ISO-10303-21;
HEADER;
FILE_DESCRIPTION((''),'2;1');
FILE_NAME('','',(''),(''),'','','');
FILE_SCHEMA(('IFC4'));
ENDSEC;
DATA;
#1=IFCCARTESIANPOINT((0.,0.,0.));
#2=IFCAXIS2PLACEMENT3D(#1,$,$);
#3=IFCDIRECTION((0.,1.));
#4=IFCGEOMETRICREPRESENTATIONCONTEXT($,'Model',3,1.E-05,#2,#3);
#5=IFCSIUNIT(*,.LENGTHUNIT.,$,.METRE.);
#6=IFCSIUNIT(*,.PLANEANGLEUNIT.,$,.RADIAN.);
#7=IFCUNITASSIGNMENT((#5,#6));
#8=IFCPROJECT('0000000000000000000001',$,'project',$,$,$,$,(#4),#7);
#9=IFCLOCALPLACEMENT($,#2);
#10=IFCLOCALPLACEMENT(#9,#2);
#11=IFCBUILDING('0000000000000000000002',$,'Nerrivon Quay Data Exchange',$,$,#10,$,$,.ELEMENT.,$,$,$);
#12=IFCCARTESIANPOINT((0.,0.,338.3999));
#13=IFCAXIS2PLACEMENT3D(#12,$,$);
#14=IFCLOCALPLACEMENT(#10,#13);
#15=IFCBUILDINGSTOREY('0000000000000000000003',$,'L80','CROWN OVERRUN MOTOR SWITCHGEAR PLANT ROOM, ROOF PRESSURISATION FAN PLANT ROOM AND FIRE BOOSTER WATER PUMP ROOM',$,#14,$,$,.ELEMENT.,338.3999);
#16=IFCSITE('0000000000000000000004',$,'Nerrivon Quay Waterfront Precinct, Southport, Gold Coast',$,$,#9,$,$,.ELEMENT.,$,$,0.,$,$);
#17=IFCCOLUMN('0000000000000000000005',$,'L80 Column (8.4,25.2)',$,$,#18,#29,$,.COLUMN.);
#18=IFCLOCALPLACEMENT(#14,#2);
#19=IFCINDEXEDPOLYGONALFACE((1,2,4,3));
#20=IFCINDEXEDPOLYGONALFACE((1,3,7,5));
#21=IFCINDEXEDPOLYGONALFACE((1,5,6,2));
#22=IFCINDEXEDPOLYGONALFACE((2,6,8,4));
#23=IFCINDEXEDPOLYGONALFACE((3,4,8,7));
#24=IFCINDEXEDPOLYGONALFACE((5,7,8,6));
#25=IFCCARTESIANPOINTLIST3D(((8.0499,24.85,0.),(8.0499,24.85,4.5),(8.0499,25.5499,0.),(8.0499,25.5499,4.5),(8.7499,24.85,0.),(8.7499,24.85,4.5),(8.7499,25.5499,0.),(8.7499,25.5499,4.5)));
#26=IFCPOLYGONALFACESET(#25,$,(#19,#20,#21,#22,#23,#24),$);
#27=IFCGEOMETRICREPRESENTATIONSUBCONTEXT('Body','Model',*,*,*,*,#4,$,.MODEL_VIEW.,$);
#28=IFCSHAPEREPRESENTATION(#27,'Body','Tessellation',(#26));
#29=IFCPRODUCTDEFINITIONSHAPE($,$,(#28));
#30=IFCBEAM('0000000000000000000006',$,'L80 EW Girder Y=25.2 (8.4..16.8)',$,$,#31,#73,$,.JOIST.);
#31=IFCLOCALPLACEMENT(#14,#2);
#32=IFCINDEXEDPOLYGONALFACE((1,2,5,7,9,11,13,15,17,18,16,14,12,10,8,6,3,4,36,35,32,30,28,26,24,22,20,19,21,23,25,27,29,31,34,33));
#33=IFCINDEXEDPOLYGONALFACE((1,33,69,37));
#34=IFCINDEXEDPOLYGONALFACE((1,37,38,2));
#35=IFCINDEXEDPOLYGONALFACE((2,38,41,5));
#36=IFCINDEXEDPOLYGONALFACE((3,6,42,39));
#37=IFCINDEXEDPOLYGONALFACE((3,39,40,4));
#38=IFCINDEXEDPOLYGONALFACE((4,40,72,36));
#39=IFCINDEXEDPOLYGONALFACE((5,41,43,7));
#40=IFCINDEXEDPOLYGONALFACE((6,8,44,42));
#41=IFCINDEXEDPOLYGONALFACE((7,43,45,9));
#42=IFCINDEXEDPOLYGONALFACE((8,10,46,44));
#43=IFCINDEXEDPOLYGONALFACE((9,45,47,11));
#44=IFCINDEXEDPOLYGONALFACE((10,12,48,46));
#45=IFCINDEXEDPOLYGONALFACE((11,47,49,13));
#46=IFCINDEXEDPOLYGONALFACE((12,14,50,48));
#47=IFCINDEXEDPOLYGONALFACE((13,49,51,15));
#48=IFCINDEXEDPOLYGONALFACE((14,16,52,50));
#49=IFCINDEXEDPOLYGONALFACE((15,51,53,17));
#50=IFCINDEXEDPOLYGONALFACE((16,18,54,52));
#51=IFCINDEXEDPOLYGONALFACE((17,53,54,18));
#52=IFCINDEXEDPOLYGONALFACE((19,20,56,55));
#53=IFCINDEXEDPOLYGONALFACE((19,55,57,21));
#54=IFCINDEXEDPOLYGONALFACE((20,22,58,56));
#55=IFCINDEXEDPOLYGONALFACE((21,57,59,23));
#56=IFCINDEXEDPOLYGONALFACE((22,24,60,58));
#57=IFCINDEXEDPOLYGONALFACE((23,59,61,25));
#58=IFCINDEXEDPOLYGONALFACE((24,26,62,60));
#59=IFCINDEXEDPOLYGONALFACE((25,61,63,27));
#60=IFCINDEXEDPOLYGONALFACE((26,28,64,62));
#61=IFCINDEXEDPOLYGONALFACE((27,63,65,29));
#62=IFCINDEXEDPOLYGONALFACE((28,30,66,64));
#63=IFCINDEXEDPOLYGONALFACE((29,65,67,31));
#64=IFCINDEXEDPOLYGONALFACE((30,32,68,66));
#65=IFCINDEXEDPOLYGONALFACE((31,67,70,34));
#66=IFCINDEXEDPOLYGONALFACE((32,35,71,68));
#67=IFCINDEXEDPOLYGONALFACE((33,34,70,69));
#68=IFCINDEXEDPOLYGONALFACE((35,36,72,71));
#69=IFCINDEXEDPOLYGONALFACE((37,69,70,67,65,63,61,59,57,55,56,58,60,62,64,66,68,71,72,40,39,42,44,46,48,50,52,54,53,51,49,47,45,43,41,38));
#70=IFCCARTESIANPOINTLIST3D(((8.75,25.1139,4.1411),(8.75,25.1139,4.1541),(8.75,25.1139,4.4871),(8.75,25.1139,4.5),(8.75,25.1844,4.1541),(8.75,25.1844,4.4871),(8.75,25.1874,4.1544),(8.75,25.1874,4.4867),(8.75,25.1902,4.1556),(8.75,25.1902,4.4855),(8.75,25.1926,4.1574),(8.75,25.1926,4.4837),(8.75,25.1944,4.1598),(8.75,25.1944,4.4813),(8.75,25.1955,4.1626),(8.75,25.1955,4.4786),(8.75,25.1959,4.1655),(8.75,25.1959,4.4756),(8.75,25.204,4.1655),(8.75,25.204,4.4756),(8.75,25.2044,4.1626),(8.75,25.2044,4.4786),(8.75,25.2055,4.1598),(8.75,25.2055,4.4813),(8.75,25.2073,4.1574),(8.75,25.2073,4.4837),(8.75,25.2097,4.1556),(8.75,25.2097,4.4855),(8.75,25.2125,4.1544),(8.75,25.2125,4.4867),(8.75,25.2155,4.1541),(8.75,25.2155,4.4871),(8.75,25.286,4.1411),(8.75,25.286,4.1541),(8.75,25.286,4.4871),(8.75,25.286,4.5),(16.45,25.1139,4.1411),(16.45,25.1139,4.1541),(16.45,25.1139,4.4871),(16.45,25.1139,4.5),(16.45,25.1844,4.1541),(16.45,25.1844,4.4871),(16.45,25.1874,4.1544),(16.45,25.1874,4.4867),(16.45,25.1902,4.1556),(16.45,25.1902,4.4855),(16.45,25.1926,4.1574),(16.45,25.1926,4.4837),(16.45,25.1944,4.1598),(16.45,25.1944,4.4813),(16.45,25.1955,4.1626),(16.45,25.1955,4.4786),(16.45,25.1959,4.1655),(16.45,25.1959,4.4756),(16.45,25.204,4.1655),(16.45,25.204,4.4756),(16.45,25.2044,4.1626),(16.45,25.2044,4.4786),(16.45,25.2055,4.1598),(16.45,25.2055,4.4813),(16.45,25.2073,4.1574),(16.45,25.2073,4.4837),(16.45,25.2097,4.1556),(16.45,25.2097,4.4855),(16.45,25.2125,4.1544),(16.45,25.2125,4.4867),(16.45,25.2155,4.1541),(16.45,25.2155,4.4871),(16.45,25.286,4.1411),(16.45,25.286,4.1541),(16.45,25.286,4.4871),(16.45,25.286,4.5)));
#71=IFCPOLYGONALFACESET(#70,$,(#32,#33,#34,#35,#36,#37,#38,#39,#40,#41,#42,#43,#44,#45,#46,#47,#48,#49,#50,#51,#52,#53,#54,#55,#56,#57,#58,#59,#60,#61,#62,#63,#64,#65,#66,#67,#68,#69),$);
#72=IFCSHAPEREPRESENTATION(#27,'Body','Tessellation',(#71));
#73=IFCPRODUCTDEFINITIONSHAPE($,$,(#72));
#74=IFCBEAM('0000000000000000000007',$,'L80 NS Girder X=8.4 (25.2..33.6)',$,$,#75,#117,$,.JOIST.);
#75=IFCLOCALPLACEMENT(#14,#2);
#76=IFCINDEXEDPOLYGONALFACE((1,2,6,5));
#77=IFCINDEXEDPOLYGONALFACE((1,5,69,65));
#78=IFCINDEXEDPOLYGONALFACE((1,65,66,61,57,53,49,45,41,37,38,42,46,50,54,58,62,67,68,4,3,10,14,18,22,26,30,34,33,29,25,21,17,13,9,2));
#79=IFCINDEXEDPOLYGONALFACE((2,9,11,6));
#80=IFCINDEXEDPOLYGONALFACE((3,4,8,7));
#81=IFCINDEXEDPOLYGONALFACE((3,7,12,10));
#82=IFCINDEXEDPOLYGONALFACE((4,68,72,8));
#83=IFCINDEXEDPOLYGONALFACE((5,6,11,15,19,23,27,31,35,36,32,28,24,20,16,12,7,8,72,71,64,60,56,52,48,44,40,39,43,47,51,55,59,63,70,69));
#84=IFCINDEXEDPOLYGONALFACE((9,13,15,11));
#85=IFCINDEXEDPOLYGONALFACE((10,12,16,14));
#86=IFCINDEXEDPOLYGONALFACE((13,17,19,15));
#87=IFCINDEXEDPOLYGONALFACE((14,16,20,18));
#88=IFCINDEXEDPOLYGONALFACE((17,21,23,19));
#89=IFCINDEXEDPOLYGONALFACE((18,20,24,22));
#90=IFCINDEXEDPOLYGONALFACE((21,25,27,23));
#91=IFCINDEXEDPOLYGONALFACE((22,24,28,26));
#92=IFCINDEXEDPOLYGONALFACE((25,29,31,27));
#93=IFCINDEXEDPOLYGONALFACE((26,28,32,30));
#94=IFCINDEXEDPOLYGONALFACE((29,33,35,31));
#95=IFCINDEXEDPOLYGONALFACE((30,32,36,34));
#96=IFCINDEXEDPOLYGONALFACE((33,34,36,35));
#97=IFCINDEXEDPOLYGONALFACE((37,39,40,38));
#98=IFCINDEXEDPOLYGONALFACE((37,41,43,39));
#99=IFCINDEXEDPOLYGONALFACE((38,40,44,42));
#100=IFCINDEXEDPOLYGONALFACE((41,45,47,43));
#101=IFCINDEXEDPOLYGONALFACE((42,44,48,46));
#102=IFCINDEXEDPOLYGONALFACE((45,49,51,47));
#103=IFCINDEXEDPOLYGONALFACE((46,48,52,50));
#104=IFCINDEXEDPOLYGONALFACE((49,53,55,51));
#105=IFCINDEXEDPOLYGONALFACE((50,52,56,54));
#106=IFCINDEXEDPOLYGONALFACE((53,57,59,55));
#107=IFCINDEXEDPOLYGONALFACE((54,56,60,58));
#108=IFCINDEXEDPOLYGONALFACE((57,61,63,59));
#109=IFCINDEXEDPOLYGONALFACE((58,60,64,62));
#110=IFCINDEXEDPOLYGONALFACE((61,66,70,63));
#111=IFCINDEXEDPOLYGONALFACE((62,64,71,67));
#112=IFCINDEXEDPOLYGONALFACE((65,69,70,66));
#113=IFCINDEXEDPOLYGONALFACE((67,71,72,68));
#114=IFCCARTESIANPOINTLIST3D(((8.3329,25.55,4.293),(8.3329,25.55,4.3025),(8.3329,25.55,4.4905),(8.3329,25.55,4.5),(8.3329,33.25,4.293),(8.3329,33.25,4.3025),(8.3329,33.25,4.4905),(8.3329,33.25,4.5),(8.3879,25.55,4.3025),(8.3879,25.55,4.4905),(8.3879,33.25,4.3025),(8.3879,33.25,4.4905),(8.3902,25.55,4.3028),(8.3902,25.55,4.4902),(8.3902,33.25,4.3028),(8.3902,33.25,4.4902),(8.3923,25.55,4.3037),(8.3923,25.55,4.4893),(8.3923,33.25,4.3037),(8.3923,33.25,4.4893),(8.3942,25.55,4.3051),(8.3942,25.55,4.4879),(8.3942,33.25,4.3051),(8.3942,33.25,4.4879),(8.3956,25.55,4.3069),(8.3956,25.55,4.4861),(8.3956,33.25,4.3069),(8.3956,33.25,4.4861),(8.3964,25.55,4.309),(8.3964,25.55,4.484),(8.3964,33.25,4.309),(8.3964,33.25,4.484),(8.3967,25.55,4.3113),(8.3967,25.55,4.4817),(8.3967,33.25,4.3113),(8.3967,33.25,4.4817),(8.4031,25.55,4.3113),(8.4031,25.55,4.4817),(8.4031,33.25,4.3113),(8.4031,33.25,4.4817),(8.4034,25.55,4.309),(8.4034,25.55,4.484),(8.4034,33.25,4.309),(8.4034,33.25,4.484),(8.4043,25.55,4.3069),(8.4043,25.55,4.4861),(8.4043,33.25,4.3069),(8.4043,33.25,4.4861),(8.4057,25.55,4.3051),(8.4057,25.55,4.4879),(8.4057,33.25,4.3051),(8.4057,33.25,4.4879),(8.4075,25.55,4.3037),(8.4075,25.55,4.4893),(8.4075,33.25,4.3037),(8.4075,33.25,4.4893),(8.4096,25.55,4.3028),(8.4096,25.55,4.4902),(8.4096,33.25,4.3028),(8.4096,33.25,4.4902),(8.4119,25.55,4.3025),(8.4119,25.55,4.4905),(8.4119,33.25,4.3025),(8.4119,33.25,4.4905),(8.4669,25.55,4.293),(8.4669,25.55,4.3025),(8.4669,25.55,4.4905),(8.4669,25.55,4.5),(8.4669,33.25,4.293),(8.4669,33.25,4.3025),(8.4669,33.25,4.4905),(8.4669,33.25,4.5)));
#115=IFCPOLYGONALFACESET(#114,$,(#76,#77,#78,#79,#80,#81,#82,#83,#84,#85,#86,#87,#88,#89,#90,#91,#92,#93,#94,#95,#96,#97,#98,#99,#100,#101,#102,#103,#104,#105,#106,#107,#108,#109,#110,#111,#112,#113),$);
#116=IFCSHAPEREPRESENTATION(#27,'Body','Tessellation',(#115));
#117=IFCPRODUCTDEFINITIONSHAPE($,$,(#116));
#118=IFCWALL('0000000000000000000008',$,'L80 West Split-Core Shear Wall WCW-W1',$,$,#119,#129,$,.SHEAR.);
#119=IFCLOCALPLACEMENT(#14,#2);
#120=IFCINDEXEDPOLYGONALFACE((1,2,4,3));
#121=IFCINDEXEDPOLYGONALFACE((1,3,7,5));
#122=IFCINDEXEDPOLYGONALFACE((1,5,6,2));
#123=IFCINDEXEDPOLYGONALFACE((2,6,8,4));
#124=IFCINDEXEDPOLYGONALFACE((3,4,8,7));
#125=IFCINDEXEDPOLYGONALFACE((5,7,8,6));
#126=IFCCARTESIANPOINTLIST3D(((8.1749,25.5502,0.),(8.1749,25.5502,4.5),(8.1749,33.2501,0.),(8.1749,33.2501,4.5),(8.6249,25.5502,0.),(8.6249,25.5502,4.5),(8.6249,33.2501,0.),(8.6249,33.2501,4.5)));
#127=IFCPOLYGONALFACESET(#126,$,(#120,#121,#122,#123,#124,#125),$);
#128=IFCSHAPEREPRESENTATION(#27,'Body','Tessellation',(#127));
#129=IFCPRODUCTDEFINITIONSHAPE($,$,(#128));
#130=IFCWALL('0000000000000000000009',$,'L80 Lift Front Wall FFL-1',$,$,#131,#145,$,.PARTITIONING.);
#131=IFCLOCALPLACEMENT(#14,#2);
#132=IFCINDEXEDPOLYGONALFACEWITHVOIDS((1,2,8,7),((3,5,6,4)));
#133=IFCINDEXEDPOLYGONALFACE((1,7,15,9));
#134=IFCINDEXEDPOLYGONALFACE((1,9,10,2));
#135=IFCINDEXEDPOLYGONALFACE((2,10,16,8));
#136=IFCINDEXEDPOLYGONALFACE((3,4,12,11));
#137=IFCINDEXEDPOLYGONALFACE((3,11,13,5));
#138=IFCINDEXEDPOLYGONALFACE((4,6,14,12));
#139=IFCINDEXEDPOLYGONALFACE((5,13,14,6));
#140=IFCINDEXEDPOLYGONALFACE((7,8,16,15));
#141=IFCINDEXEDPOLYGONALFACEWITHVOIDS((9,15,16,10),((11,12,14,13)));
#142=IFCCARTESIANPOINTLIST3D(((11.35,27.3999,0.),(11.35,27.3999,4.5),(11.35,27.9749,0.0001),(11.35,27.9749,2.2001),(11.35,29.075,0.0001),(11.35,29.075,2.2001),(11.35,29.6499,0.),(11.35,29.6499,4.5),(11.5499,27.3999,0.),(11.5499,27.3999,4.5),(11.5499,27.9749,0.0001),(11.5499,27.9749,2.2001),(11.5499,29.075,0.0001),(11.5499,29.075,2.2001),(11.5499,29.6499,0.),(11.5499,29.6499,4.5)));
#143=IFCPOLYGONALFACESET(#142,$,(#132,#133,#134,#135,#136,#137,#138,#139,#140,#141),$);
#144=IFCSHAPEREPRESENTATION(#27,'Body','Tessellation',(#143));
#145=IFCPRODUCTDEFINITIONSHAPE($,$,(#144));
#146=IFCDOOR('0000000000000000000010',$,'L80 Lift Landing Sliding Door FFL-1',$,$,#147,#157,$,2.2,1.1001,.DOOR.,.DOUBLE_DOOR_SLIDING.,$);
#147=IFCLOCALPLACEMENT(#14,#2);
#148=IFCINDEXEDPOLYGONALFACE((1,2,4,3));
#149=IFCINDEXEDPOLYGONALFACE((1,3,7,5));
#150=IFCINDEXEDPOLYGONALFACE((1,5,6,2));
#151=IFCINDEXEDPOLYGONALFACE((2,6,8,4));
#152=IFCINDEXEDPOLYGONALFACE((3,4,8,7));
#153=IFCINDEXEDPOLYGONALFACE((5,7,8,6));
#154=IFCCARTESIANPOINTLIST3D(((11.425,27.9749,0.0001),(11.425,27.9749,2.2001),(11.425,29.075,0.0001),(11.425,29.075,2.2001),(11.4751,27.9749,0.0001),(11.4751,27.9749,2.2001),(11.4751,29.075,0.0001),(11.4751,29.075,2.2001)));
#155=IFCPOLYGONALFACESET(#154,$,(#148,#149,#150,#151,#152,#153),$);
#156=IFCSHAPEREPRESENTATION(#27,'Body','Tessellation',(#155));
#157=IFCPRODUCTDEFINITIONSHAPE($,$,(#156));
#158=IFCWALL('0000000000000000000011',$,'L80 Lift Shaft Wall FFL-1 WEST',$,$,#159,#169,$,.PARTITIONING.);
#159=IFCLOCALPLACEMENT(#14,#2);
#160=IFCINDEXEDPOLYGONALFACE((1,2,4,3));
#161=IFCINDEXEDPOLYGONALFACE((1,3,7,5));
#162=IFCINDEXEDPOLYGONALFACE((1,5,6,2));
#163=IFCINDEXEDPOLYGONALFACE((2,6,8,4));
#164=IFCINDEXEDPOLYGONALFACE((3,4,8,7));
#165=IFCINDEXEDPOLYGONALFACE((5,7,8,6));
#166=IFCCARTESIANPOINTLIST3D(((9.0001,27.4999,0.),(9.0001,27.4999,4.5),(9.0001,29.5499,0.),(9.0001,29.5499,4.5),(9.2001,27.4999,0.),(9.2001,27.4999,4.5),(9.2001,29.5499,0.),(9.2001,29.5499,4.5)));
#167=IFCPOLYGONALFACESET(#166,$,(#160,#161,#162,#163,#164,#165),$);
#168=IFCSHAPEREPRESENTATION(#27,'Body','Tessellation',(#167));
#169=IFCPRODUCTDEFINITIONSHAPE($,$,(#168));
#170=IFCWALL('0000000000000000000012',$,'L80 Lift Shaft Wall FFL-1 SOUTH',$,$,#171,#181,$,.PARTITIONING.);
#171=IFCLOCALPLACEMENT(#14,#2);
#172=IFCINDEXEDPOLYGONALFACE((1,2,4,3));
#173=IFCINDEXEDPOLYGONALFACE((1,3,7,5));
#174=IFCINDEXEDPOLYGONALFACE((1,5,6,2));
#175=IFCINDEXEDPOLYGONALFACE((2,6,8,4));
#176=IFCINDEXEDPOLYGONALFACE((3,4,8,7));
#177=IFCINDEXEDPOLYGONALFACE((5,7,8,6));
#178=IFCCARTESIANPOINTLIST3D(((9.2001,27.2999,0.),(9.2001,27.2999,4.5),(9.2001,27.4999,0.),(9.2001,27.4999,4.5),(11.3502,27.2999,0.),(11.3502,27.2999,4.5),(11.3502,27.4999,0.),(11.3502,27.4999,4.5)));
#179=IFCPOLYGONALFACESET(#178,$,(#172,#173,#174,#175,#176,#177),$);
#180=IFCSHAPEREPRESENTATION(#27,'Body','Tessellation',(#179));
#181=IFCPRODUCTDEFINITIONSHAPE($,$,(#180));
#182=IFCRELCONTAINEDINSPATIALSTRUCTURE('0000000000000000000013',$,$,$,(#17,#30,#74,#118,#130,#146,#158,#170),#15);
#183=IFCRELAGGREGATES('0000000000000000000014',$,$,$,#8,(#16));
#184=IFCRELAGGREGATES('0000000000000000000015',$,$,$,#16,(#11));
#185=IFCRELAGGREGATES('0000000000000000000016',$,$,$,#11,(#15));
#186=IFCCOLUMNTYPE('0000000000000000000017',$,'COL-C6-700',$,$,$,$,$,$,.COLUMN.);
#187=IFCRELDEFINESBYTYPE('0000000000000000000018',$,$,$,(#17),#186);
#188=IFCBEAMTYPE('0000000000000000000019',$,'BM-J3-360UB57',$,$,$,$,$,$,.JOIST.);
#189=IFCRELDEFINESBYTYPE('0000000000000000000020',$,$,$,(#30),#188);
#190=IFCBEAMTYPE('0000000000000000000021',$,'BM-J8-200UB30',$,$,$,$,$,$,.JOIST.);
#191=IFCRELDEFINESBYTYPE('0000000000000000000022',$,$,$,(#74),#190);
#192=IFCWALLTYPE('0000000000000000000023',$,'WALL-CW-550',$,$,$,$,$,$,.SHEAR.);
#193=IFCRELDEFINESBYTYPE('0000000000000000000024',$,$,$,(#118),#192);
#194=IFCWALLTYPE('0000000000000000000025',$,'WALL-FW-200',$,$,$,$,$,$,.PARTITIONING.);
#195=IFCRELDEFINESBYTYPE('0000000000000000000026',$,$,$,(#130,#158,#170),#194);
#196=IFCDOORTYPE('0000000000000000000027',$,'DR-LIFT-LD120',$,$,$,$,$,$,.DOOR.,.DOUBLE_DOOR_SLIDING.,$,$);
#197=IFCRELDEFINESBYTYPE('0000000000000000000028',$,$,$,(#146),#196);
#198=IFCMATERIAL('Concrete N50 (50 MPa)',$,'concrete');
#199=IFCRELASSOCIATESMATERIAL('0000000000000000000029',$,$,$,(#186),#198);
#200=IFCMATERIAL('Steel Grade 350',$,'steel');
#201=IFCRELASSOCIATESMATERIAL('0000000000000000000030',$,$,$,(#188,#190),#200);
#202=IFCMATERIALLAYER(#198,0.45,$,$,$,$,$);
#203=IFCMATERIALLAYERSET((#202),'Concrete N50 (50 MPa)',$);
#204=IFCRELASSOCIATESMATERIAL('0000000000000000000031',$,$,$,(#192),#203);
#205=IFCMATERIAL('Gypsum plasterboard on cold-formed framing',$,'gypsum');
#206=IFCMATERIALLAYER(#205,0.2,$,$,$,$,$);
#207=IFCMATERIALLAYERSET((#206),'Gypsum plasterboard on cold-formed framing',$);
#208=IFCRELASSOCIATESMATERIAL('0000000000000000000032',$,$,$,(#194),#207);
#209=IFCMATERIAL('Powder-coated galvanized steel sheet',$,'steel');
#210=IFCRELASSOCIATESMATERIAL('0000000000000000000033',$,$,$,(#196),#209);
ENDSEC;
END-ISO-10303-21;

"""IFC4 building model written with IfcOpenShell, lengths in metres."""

from ifc_helpers import new_model, si_unit, direction, frame, frame_2d, origin, origin_2d, place, context, subcontext, project, spatial, rectangle, i_section, extrude, material, layer, layer_set, material_profile, profile_set, type_object, element, fill, save


model = new_model("IFC4")

# Units and contexts
model_context = context("Model", 3, precision=1e-05, world=origin(), true_north=direction((0.0, 1.0)))
body_context = subcontext(model_context, "Body", "Model", "MODEL_VIEW")
ifc_project = project(units=[si_unit("LENGTHUNIT", "METRE"), si_unit("PLANEANGLEUNIT", "RADIAN")], contexts=[model_context])

# Site, building, storey
site_placement = place(None, origin())
site = spatial("IfcSite", under=ifc_project, at=site_placement, Name="Nerrivon Quay Waterfront Precinct, Southport, Gold Coast", CompositionType="ELEMENT", RefElevation=0.0)
building_placement = place(site_placement, origin())
building = spatial("IfcBuilding", under=site, at=building_placement, Name="Nerrivon Quay Data Exchange", CompositionType="ELEMENT")
storey_placement = place(building_placement, frame((0.0, 0.0, 338.3999)))
storey = spatial("IfcBuildingStorey", under=building, at=storey_placement, Name="L80", Description="CROWN OVERRUN MOTOR SWITCHGEAR PLANT ROOM, ROOF PRESSURISATION FAN PLANT ROOM AND FIRE BOOSTER WATER PUMP ROOM", CompositionType="ELEMENT", Elevation=338.3999)

# Column
ifc_material_1 = material(Name="Concrete N50 (50 MPa)", Category="concrete")
ifc_material_profile_1 = material_profile(ifc_material_1, rectangle(XDim=0.7, YDim=0.7, at=origin_2d()), Name="RC-COL-700x700")
ifc_profile_set_1 = profile_set([ifc_material_profile_1], Name="Concrete N50 (50 MPa)")
column_type = type_object("IfcColumnType", Name="COL-C6-700", PredefinedType="COLUMN", material=ifc_profile_set_1)
column_placement = place(storey_placement, frame((8.3999, 25.2, 0.0), z_axis=(0.0, 0.0, 1.0), x_axis=(1.0, 0.0, 0.0)))
element("IfcColumn", 1, at=column_placement, inside=storey, type_object=column_type, Name="L80 Column (8.4,25.2)", PredefinedType="COLUMN", context=body_context, shape_type="SweptSolid", body=[
    extrude(rectangle(XDim=0.7, YDim=0.7, at=origin_2d()), origin(), (0.0, 0.0, 1.0), 4.5),
])

# Beams
ifc_material_2 = material(Name="Steel Grade 350", Category="steel")
ifc_material_profile_2 = material_profile(ifc_material_2, i_section(OverallWidth=0.1721, OverallDepth=0.3589, WebThickness=0.0081, FlangeThickness=0.0129, FilletRadius=0.0115, at=origin_2d()), Name="360UB56.7")
ifc_profile_set_2 = profile_set([ifc_material_profile_2], Name="Steel Grade 350")
beam_type_1 = type_object("IfcBeamType", Name="BM-J3-360UB57", PredefinedType="JOIST", material=ifc_profile_set_2)
beam_1_placement = place(storey_placement, frame((8.75, 25.2, 4.3206), z_axis=(1.0, 0.0, 0.0), x_axis=(0.0, 1.0, 0.0)))
element("IfcBeam", 2, at=beam_1_placement, inside=storey, type_object=beam_type_1, Name="L80 EW Girder Y=25.2 (8.4..16.8)", PredefinedType="JOIST", context=body_context, shape_type="SweptSolid", body=[
    extrude(i_section(OverallWidth=0.1721, OverallDepth=0.3589, WebThickness=0.0081, FlangeThickness=0.0129, FilletRadius=0.0115, at=origin_2d()), origin(), (0.0, 0.0, 1.0), 7.7),
])
ifc_material_profile_3 = material_profile(ifc_material_2, i_section(OverallWidth=0.134, OverallDepth=0.207, WebThickness=0.0063, FlangeThickness=0.0095, FilletRadius=0.0088, at=origin_2d()), Name="200UB29.8")
ifc_profile_set_3 = profile_set([ifc_material_profile_3], Name="Steel Grade 350")
beam_type_2 = type_object("IfcBeamType", Name="BM-J8-200UB30", PredefinedType="JOIST", material=ifc_profile_set_3)
beam_2_placement = place(storey_placement, frame((8.3999, 25.55, 4.3965), z_axis=(0.0, 1.0, 0.0), x_axis=(-1.0, 0.0, 0.0)))
element("IfcBeam", 3, at=beam_2_placement, inside=storey, type_object=beam_type_2, Name="L80 NS Girder X=8.4 (25.2..33.6)", PredefinedType="JOIST", context=body_context, shape_type="SweptSolid", body=[
    extrude(i_section(OverallWidth=0.134, OverallDepth=0.207, WebThickness=0.0063, FlangeThickness=0.0095, FilletRadius=0.0088, at=origin_2d()), origin(), (0.0, 0.0, 1.0), 7.7),
])

# Wall
ifc_layer_1 = layer(ifc_material_1, 0.45)
ifc_layer_set_1 = layer_set([ifc_layer_1], Name="Concrete N50 (50 MPa)")
wall_type_1 = type_object("IfcWallType", Name="WALL-CW-550", PredefinedType="SHEAR", material=ifc_layer_set_1)
wall_1_placement = place(storey_placement, frame((8.3999, 25.55, 0.0), z_axis=(0.0, 0.0, 1.0), x_axis=(0.0, 1.0, 0.0)))
element("IfcWall", 4, at=wall_1_placement, inside=storey, type_object=wall_type_1, Name="L80 West Split-Core Shear Wall WCW-W1", PredefinedType="SHEAR", context=body_context, shape_type="SweptSolid", body=[
    extrude(rectangle(XDim=7.7, YDim=0.45, at=frame_2d((3.8501, 0.0))), origin(), (0.0, 0.0, 1.0), 4.5),
])

# Wall, opening, door
ifc_material_3 = material(Name="Powder-coated galvanized steel sheet", Category="steel")
ifc_material_4 = material(Name="Gypsum plasterboard on cold-formed framing", Category="gypsum")
ifc_layer_2 = layer(ifc_material_4, 0.2)
ifc_layer_set_2 = layer_set([ifc_layer_2], Name="Gypsum plasterboard on cold-formed framing")
wall_type_2 = type_object("IfcWallType", Name="WALL-FW-200", PredefinedType="PARTITIONING", material=ifc_layer_set_2)
wall_2_placement = place(storey_placement, frame((11.45, 27.3999, 0.0), z_axis=(0.0, 0.0, 1.0), x_axis=(0.0, 1.0, 0.0)))
wall_2 = element("IfcWall", 5, at=wall_2_placement, inside=storey, type_object=wall_type_2, Name="L80 Lift Front Wall FFL-1", PredefinedType="PARTITIONING", context=body_context, shape_type="SweptSolid", body=[
    extrude(rectangle(XDim=2.25, YDim=0.2, at=frame_2d((1.125, 0.0))), origin(), (0.0, 0.0, 1.0), 4.5),
])
opening_1_placement = place(wall_2_placement, frame((0.575, 0.0, 0.0)))
opening_1 = element("IfcOpeningElement", 6, at=opening_1_placement, cuts=wall_2, PredefinedType="OPENING", context=body_context, shape_type="SweptSolid", body=[
    extrude(rectangle(XDim=1.1001, YDim=2.2, at=frame_2d((0.55, 1.1001))), frame((0.0, 0.1099, 0.0), z_axis=(0.0, -1.0, 0.0), x_axis=(1.0, 0.0, 0.0)), (0.0, 0.0, 1.0), 0.22),
])
door_type_1 = type_object("IfcDoorType", Name="DR-LIFT-LD120", OperationType="DOUBLE_DOOR_SLIDING", PredefinedType="DOOR", material=ifc_material_3)
door_1_placement = place(opening_1_placement, origin())
door_1 = element("IfcDoor", 7, at=door_1_placement, inside=storey, type_object=door_type_1, Name="L80 Lift Landing Sliding Door FFL-1", OperationType="DOUBLE_DOOR_SLIDING", OverallHeight=2.2, OverallWidth=1.1001, PredefinedType="DOOR", context=body_context, shape_type="SweptSolid", body=[
    extrude(rectangle(XDim=1.1001, YDim=2.2, at=frame_2d((0.55, 1.1001))), frame((0.0, 0.0249, 0.0), z_axis=(0.0, -1.0, 0.0), x_axis=(1.0, 0.0, 0.0)), (0.0, 0.0, 1.0), 0.05),
])
fill(opening_1, door_1)

# Walls
wall_3_placement = place(storey_placement, frame((9.1001, 27.5, 0.0), z_axis=(0.0, 0.0, 1.0), x_axis=(0.0, 1.0, 0.0)))
element("IfcWall", 8, at=wall_3_placement, inside=storey, type_object=wall_type_2, Name="L80 Lift Shaft Wall FFL-1 WEST", PredefinedType="PARTITIONING", context=body_context, shape_type="SweptSolid", body=[
    extrude(rectangle(XDim=2.05, YDim=0.2, at=frame_2d((1.0249, 0.0))), origin(), (0.0, 0.0, 1.0), 4.5),
])
wall_4_placement = place(storey_placement, frame((9.2, 27.3999, 0.0), z_axis=(0.0, 0.0, 1.0), x_axis=(1.0, 0.0, 0.0)))
element("IfcWall", 9, at=wall_4_placement, inside=storey, type_object=wall_type_2, Name="L80 Lift Shaft Wall FFL-1 SOUTH", PredefinedType="PARTITIONING", context=body_context, shape_type="SweptSolid", body=[
    extrude(rectangle(XDim=2.1501, YDim=0.2, at=frame_2d((1.0752, 0.0))), origin(), (0.0, 0.0, 1.0), 4.5),
])

save(model, "model.ifc")
